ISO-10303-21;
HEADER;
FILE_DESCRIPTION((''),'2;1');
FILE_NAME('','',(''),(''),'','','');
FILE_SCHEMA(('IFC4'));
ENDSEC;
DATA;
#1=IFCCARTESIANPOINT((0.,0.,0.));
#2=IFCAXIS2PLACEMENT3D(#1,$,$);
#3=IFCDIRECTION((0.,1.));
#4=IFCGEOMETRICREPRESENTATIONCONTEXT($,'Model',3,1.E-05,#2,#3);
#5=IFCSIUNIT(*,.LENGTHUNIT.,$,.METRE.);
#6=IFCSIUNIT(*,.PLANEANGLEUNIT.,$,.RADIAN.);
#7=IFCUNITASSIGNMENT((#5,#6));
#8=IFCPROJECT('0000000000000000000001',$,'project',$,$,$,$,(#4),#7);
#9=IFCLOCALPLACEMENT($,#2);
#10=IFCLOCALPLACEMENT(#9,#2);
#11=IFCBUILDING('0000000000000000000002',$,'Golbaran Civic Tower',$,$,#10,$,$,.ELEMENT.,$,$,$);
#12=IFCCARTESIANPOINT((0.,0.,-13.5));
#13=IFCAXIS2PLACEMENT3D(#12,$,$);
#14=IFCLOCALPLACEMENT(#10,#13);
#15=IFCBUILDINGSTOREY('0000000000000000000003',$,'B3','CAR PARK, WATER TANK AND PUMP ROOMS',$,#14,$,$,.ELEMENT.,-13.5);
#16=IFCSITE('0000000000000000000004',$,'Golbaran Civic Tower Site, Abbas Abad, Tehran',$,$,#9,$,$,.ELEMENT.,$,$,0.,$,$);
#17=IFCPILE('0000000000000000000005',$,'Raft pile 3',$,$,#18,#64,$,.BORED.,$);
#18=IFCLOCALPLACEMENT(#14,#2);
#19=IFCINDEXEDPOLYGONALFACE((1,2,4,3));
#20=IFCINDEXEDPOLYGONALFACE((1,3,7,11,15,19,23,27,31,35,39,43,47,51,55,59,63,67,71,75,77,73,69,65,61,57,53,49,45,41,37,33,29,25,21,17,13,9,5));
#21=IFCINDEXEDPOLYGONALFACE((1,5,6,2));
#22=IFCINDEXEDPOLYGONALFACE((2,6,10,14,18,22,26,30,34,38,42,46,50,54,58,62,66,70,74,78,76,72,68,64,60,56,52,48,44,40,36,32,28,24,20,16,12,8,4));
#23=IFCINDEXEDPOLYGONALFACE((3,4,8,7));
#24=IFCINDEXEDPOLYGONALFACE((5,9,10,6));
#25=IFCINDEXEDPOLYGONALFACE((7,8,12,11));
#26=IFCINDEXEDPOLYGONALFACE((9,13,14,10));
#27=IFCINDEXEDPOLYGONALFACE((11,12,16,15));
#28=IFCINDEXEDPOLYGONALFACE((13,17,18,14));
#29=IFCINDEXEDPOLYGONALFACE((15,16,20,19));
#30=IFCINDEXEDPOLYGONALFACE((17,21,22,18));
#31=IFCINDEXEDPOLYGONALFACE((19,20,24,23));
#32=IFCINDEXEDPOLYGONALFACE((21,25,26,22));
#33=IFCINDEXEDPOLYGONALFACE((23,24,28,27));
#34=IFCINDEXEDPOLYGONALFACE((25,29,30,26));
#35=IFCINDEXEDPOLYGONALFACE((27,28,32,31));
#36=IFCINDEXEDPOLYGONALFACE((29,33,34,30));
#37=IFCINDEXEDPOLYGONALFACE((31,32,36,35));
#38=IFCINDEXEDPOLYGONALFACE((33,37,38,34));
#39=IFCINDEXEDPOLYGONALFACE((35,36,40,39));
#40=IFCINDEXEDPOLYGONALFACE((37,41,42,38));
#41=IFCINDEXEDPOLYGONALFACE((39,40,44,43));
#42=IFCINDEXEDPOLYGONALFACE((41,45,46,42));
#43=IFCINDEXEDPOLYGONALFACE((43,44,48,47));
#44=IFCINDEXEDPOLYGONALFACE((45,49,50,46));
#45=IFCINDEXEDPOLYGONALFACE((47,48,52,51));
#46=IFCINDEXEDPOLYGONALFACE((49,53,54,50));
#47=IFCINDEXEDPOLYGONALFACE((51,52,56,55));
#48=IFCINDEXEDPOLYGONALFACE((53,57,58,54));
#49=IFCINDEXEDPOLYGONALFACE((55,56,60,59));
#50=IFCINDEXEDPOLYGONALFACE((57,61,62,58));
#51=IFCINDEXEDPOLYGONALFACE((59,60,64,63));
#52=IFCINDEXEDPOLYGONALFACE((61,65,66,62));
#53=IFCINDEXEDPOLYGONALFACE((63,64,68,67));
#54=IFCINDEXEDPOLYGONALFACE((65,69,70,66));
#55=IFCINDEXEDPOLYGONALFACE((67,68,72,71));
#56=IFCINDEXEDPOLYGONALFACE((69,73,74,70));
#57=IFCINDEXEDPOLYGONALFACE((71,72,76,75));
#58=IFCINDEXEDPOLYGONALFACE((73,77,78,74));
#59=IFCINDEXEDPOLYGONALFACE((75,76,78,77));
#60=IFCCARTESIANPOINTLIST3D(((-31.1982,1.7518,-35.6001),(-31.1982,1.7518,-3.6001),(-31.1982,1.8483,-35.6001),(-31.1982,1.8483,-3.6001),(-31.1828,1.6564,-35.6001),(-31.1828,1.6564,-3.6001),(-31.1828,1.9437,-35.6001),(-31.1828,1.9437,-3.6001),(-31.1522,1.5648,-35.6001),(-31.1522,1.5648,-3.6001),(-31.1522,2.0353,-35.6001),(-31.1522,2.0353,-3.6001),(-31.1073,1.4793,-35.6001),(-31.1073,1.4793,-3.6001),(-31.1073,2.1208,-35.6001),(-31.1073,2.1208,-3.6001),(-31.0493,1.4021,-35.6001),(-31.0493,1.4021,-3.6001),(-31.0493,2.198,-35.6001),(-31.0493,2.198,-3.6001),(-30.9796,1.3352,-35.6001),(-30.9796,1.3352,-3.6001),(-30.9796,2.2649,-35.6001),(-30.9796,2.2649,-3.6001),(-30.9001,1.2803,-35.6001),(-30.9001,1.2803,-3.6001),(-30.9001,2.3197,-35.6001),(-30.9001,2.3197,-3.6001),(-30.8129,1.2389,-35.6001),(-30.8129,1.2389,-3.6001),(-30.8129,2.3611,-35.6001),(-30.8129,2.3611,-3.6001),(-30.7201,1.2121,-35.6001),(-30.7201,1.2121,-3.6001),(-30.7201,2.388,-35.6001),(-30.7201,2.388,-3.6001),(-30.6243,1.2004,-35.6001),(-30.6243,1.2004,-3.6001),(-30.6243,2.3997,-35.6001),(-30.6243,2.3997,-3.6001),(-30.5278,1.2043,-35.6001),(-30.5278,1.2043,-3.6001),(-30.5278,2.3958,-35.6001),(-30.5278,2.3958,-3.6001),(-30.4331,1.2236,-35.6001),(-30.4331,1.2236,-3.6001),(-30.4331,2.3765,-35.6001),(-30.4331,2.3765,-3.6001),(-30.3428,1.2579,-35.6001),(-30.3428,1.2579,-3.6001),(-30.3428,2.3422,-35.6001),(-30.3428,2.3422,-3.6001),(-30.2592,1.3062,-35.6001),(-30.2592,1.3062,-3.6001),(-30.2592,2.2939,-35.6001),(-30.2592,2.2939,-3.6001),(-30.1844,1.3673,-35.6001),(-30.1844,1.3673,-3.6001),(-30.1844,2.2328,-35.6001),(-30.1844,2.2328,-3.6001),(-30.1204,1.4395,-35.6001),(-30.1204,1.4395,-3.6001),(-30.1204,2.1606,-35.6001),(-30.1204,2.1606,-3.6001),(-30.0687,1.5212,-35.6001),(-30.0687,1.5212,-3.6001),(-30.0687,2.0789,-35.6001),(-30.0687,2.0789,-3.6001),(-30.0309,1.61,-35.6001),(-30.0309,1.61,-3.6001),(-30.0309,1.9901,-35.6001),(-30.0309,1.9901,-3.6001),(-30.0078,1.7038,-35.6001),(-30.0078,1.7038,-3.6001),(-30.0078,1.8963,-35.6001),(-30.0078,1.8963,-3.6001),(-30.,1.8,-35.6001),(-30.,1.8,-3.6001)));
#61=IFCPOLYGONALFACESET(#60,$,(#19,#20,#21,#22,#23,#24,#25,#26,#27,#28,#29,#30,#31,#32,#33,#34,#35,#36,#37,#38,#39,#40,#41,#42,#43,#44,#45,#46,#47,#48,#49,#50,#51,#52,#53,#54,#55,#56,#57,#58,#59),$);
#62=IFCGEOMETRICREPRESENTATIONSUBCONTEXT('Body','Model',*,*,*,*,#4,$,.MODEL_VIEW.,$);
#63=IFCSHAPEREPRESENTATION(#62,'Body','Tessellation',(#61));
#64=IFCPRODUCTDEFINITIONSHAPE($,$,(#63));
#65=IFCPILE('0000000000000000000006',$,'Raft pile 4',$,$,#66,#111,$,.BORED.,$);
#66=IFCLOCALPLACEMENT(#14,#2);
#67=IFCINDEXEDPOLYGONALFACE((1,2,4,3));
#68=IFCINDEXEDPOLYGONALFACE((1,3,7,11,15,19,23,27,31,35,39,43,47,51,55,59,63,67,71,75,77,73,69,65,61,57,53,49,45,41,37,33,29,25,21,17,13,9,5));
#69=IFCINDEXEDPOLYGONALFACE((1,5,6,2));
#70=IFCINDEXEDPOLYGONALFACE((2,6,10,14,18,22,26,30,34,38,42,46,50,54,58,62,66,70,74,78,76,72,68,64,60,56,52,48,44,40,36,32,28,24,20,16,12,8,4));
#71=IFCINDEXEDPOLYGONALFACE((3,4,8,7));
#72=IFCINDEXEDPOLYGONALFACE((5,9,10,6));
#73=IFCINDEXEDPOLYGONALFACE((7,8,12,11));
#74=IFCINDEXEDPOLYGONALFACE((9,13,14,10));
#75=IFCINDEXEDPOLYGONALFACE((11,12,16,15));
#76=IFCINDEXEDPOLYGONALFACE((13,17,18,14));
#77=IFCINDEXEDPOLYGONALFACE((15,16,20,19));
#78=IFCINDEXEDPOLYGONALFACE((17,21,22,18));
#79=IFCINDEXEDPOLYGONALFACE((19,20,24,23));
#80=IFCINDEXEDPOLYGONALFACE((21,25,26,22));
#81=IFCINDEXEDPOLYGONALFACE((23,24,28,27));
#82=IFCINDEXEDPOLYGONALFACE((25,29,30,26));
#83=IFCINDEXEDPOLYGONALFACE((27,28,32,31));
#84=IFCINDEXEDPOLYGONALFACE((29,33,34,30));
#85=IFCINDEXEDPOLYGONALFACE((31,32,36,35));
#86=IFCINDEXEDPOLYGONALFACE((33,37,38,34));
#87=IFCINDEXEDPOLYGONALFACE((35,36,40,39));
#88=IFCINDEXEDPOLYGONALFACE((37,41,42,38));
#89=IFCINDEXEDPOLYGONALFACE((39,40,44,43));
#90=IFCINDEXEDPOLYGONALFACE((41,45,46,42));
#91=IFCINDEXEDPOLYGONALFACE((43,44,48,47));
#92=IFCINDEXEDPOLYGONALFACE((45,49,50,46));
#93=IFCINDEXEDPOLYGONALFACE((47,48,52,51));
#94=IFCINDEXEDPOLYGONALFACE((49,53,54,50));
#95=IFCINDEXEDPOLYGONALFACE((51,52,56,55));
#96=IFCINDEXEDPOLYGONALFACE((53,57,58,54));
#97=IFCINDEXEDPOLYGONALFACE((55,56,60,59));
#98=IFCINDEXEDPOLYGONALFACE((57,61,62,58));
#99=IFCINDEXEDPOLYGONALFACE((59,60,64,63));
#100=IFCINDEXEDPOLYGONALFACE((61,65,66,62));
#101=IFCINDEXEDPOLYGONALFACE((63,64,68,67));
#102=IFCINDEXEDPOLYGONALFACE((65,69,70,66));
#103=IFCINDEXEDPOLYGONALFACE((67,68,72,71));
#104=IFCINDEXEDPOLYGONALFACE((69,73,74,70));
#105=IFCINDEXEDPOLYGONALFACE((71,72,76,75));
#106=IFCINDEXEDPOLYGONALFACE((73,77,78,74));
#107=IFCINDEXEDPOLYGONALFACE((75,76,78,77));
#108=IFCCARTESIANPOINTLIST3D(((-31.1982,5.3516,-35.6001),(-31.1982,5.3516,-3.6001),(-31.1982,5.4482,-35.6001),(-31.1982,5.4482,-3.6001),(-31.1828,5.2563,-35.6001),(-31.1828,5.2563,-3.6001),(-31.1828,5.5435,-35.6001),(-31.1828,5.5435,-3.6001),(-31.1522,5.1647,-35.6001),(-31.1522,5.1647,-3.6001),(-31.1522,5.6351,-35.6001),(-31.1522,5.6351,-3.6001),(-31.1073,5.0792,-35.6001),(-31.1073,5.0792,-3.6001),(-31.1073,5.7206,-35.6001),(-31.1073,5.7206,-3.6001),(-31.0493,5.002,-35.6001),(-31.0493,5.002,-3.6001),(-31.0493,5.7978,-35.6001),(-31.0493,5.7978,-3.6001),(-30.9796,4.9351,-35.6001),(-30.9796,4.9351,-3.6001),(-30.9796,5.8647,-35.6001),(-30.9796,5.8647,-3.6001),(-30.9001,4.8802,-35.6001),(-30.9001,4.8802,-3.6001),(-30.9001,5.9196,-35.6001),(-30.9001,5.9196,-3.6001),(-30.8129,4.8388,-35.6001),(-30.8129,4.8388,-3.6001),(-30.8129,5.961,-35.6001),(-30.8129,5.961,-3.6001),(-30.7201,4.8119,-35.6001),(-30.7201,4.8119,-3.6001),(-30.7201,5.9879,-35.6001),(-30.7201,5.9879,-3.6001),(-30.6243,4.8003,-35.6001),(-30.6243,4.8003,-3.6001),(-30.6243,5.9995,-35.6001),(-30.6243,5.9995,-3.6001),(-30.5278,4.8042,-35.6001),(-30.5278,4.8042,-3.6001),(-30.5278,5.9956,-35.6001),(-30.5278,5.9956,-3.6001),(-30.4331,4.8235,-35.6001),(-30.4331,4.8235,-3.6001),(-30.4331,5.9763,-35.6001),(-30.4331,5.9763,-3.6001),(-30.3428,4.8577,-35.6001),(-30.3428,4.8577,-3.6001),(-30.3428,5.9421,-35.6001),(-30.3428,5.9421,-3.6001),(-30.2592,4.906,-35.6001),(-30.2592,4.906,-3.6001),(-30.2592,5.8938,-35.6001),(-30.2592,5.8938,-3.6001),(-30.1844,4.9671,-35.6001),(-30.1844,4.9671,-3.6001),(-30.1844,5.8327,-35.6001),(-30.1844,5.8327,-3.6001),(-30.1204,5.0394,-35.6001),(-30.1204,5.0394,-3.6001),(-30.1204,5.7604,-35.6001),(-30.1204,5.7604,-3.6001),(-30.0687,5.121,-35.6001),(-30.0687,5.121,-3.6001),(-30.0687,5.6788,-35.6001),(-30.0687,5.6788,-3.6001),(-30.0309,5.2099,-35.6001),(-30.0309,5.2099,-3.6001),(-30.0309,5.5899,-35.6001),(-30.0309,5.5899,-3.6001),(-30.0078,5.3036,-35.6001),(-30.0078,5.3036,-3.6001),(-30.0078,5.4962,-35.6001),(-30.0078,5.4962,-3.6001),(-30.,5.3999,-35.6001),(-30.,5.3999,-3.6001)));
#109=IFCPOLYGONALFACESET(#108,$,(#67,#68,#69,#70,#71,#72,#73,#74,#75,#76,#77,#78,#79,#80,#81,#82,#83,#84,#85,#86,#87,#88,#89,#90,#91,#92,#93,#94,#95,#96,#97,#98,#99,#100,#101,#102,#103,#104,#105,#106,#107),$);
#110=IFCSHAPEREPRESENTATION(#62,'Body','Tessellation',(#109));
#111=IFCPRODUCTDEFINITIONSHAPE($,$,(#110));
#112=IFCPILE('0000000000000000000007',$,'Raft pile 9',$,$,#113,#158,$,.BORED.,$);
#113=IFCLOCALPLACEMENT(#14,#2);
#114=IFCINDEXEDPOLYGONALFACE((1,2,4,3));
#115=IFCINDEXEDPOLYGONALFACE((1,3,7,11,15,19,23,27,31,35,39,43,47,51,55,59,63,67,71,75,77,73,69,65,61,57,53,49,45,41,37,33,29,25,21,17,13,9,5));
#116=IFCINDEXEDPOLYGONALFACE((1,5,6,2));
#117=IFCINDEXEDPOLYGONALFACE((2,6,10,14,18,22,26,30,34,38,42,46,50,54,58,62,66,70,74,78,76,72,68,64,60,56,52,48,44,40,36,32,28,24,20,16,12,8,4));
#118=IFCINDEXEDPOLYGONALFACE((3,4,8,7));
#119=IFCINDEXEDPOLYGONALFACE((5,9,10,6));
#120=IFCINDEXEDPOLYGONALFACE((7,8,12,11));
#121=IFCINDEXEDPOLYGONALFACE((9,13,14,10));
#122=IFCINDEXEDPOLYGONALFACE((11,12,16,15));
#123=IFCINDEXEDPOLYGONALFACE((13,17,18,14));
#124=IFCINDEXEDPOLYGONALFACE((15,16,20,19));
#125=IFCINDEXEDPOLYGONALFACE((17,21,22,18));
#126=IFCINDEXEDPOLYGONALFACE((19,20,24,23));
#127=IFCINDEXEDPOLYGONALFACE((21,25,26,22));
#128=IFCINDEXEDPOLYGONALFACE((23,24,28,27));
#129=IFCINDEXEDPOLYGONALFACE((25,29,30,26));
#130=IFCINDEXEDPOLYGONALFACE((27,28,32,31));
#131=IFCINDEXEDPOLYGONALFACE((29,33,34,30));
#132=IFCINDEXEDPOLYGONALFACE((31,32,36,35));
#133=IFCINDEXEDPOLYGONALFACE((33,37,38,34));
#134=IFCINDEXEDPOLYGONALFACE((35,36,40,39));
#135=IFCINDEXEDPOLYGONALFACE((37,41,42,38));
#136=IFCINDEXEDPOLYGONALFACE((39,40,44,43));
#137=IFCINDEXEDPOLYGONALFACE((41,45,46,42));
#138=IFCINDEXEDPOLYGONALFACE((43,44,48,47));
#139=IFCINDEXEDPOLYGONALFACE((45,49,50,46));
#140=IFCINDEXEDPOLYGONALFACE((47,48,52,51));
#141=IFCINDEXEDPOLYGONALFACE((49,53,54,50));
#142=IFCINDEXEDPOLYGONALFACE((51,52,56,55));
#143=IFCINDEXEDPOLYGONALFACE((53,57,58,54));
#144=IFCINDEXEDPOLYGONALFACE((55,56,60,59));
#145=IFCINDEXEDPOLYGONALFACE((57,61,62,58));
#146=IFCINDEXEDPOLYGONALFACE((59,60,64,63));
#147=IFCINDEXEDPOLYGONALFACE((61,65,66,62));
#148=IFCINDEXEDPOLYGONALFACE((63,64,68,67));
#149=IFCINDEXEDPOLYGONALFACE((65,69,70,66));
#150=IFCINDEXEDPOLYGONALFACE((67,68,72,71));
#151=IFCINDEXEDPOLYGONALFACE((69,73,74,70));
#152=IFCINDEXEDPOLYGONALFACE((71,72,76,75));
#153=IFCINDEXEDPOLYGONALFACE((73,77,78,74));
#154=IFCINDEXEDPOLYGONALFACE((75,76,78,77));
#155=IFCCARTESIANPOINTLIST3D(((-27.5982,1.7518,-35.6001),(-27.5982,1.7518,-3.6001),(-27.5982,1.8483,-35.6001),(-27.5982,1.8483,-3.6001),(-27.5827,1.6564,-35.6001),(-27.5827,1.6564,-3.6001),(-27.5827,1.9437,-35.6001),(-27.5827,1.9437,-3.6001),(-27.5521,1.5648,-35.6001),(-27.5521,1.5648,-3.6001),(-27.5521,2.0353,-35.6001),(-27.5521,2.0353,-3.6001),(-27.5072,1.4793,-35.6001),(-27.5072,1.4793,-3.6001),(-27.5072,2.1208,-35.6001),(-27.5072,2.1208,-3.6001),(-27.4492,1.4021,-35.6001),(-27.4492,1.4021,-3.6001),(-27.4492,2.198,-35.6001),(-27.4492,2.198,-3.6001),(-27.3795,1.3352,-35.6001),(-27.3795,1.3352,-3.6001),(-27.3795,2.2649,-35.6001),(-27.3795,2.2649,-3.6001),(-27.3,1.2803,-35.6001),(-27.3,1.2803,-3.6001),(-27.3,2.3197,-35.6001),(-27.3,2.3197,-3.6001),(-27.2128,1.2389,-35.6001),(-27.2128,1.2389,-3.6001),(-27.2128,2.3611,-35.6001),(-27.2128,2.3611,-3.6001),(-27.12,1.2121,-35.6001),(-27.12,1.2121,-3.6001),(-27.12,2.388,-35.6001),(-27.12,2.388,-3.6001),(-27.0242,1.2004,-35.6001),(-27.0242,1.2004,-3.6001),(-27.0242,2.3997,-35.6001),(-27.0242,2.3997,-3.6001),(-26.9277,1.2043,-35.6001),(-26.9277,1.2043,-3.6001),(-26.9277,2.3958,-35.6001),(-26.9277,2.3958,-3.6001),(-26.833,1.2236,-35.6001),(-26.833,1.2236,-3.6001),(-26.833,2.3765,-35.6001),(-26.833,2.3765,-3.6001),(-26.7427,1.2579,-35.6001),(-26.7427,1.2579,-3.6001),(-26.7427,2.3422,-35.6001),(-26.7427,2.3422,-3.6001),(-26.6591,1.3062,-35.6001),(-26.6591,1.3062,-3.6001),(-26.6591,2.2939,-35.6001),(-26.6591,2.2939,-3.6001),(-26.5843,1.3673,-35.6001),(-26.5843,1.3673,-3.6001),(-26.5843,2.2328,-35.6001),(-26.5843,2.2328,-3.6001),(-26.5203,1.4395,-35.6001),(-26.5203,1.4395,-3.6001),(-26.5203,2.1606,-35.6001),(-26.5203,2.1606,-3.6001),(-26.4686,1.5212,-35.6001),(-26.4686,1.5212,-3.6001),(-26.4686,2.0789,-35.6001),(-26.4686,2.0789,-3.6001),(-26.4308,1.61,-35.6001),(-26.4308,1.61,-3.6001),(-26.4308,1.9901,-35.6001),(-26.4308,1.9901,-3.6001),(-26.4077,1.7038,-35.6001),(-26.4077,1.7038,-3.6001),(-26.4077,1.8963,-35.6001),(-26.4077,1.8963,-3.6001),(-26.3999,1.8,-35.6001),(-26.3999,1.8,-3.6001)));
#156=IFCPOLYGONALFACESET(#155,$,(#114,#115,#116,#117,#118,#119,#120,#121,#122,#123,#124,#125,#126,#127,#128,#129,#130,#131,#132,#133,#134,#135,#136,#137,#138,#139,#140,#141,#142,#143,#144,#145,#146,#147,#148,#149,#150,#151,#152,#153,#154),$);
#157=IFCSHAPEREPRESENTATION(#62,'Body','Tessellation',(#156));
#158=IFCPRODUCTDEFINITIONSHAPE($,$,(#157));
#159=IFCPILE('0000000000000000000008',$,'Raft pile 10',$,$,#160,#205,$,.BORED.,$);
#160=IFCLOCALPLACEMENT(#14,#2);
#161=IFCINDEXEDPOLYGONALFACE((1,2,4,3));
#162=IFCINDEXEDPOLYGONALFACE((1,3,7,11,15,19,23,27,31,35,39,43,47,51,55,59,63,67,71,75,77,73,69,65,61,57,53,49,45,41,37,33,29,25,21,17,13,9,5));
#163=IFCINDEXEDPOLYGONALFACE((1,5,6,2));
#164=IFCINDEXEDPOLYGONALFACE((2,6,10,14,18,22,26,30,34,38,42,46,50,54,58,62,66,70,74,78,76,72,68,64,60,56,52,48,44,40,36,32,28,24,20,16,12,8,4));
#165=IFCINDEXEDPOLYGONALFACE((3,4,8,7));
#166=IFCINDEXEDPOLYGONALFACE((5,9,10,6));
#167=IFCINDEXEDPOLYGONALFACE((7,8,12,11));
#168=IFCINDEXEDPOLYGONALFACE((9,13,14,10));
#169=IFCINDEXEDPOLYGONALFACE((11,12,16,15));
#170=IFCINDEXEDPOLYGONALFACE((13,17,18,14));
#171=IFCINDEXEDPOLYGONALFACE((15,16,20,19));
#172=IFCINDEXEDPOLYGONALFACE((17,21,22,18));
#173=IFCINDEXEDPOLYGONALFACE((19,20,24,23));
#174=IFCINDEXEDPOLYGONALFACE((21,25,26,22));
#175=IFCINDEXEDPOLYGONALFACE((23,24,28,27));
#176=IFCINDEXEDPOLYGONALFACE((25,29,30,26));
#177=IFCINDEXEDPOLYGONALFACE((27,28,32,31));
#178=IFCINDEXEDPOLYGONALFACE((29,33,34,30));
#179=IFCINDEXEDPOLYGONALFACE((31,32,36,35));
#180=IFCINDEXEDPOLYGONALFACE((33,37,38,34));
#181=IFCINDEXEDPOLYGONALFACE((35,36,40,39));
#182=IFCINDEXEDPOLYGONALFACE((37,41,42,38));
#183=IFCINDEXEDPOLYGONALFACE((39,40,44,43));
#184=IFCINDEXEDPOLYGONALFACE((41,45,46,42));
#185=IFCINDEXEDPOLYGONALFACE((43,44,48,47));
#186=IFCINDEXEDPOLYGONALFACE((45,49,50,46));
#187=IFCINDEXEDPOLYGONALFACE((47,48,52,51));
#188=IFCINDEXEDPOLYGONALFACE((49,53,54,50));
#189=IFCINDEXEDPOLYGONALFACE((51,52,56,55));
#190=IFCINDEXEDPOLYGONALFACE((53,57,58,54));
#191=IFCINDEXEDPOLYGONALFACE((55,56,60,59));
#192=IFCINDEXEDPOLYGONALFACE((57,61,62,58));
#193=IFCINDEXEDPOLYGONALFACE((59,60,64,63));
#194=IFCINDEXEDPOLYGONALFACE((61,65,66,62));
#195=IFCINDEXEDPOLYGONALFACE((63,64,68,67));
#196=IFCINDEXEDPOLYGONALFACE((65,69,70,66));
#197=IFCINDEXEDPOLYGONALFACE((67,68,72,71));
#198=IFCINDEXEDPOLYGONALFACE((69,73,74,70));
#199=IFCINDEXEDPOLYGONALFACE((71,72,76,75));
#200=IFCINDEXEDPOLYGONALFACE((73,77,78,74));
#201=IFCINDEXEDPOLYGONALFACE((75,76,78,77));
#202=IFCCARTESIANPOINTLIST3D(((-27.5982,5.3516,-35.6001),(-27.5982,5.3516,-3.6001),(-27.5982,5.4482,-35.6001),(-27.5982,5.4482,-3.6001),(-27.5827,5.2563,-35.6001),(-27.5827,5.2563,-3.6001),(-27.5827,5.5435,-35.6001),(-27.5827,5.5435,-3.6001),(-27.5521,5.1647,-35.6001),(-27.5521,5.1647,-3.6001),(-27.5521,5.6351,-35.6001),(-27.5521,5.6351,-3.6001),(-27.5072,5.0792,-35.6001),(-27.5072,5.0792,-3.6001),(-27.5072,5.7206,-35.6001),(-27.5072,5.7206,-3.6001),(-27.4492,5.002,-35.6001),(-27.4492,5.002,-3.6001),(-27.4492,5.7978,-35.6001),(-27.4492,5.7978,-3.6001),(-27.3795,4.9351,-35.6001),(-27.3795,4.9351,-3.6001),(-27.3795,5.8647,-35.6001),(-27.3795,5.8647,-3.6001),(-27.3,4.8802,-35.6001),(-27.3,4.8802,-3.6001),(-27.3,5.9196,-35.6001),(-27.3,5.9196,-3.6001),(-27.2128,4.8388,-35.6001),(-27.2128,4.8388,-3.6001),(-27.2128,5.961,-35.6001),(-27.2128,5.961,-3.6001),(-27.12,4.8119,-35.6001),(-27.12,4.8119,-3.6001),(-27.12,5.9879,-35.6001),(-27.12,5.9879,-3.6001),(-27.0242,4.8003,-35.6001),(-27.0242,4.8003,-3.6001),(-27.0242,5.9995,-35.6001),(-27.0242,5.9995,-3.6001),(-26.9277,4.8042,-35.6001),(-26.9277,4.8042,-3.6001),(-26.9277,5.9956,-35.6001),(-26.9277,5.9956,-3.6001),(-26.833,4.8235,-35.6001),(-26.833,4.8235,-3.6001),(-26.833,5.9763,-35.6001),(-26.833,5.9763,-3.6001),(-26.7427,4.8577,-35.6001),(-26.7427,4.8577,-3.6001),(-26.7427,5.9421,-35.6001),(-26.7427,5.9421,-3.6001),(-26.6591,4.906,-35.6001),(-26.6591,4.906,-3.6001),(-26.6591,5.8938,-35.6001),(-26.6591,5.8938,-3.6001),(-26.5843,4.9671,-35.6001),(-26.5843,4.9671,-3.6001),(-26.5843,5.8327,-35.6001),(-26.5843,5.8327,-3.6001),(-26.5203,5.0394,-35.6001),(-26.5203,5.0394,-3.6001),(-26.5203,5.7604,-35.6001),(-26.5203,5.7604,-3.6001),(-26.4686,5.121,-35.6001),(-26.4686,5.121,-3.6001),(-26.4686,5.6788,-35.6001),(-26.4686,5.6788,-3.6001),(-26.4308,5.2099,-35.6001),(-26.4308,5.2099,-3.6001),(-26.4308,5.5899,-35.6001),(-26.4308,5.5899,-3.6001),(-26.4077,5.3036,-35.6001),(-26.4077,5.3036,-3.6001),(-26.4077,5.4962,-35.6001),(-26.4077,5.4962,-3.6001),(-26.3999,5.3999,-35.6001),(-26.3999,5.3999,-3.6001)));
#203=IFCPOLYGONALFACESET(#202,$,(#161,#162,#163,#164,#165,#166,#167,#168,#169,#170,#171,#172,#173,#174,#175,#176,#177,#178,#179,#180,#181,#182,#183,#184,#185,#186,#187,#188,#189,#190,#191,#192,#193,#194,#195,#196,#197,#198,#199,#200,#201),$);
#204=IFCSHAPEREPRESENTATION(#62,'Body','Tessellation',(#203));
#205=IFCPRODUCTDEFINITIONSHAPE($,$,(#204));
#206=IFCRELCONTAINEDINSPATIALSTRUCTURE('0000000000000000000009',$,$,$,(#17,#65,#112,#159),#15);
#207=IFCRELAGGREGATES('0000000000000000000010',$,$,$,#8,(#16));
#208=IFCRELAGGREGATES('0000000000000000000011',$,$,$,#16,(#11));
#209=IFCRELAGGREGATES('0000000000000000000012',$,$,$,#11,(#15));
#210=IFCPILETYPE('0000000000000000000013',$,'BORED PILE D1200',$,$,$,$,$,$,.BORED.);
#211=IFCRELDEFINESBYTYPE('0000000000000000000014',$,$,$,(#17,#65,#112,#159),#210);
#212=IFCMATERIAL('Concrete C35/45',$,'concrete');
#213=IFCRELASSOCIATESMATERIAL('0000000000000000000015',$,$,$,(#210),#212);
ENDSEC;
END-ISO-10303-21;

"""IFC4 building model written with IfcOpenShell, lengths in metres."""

from ifc_helpers import new_model, si_unit, direction, frame, origin, origin_2d, place, context, subcontext, project, spatial, circle, extrude, material, material_profile, profile_set, type_object, element, save


model = new_model("IFC4")

# Units and contexts
model_context = context("Model", 3, precision=1e-05, world=origin(), true_north=direction((0.0, 1.0)))
body_context = subcontext(model_context, "Body", "Model", "MODEL_VIEW")
ifc_project = project(units=[si_unit("LENGTHUNIT", "METRE"), si_unit("PLANEANGLEUNIT", "RADIAN")], contexts=[model_context])

# Site, building, storey
site_placement = place(None, origin())
site = spatial("IfcSite", under=ifc_project, at=site_placement, Name="Golbaran Civic Tower Site, Abbas Abad, Tehran", CompositionType="ELEMENT", RefElevation=0.0)
building_placement = place(site_placement, origin())
building = spatial("IfcBuilding", under=site, at=building_placement, Name="Golbaran Civic Tower", CompositionType="ELEMENT")
storey_placement = place(building_placement, frame((0.0, 0.0, -13.5)))
storey = spatial("IfcBuildingStorey", under=building, at=storey_placement, Name="B3", Description="CAR PARK, WATER TANK AND PUMP ROOMS", CompositionType="ELEMENT", Elevation=-13.5)

# Piles
ifc_material_1 = material(Name="Concrete C35/45", Category="concrete")
ifc_material_profile_1 = material_profile(ifc_material_1, circle(Radius=0.6001, at=origin_2d()), Name="BORED PILE D1200")
ifc_profile_set_1 = profile_set([ifc_material_profile_1], Name="Concrete C35/45")
pile_type_1 = type_object("IfcPileType", Name="BORED PILE D1200", PredefinedType="BORED", material=ifc_profile_set_1)
for number, where, z_axis, x_axis, name in (
    (1, (-30.6001, 1.8, -3.6001), (0.0, 0.0, -1.0), (1.0, 0.0, 0.0), "Raft pile 3"),
    (2, (-30.6001, 5.3999, -3.6001), (0.0, 0.0, -1.0), (1.0, 0.0, 0.0), "Raft pile 4"),
    (3, (-27.0, 1.8, -3.6001), (0.0, 0.0, -1.0), (1.0, 0.0, 0.0), "Raft pile 9"),
    (4, (-27.0, 5.3999, -3.6001), (0.0, 0.0, -1.0), (1.0, 0.0, 0.0), "Raft pile 10"),
):
    element("IfcPile", number, at=place(storey_placement, frame(where, z_axis=z_axis, x_axis=x_axis)), inside=storey, type_object=pile_type_1, Name=name, PredefinedType="BORED", context=body_context, shape_type="SweptSolid", body=[
        extrude(circle(Radius=0.6001, at=origin_2d()), origin(), (0.0, 0.0, 1.0), 32.0),
    ])

save(model, "model.ifc")
